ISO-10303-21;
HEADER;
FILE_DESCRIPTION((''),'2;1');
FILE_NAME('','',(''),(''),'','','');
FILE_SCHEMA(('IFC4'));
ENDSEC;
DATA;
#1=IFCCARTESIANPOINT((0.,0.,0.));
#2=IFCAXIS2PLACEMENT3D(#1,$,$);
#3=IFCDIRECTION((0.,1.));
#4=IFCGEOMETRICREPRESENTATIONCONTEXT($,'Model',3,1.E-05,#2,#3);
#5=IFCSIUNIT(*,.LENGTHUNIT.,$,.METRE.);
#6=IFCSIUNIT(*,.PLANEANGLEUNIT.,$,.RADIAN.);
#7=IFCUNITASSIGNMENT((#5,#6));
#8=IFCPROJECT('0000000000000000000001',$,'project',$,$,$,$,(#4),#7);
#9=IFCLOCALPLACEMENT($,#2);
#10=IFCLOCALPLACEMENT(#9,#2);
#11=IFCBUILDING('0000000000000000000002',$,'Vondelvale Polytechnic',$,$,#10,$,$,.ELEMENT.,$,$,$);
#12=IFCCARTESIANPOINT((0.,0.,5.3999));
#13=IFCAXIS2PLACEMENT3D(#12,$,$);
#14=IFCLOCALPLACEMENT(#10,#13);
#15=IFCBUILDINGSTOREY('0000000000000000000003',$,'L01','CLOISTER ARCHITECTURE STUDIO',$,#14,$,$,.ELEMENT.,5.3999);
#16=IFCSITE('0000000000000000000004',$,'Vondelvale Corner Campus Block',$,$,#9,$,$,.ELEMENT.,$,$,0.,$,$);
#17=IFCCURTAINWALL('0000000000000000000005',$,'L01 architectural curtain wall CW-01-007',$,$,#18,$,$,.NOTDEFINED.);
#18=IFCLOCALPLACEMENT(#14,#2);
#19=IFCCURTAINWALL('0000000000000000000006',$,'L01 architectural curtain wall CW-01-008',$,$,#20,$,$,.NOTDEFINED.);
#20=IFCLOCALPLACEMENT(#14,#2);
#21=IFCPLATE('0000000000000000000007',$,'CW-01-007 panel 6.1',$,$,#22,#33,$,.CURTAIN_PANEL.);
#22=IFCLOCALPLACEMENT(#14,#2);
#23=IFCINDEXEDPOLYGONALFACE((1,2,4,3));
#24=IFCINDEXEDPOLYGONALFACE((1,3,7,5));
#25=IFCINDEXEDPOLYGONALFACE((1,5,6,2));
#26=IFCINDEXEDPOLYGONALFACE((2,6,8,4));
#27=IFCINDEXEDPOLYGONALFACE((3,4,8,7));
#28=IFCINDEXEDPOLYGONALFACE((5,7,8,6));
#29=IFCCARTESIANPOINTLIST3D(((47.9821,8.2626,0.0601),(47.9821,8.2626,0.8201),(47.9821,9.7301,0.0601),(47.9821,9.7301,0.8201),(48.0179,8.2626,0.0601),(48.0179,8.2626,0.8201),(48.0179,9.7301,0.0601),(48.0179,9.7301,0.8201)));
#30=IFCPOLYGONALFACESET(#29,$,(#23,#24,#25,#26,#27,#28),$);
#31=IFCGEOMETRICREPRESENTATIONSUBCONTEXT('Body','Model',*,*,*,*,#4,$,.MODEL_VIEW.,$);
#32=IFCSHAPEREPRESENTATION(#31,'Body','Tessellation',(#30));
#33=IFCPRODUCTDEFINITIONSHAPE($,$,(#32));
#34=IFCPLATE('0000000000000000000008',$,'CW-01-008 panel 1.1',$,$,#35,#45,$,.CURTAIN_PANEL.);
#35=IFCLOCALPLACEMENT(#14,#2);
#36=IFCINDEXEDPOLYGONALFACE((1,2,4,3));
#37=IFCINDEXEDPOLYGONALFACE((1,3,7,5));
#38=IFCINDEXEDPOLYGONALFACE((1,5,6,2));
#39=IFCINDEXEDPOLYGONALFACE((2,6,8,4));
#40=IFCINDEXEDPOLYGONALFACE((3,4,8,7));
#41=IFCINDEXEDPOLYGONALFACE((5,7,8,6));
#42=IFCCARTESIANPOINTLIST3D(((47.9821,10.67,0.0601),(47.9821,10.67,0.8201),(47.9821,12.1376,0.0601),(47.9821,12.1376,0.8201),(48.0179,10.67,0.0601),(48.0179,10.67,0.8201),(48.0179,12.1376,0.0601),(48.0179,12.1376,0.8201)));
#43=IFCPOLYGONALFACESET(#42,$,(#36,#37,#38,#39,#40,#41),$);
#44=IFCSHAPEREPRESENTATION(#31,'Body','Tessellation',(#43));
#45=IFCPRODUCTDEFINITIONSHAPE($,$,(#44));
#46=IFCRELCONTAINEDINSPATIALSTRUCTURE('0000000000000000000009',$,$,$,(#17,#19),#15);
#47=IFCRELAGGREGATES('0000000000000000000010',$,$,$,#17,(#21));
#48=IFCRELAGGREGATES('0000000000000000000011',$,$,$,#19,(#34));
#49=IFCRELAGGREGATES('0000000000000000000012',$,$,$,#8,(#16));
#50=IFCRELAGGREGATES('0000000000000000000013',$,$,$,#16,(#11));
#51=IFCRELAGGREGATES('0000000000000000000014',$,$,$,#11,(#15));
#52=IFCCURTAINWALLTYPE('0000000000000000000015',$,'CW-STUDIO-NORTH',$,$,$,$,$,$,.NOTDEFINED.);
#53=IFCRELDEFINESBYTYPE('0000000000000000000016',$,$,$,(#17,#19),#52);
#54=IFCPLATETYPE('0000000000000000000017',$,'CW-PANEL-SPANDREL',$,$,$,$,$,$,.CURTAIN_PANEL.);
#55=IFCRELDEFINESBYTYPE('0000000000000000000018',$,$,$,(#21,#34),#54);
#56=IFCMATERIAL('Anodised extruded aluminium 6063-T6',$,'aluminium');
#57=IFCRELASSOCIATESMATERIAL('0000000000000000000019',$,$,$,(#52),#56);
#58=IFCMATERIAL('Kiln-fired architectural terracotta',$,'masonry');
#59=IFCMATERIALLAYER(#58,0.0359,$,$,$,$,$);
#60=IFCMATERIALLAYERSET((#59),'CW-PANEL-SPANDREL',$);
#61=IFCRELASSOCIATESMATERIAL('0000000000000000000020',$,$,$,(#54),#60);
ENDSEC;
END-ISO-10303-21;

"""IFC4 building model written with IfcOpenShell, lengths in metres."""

from ifc_helpers import new_model, si_unit, direction, frame, origin, origin_2d, place, context, subcontext, project, spatial, rectangle, extrude, material, layer, layer_set, type_object, element, aggregate, save


model = new_model("IFC4")

# Units and contexts
model_context = context("Model", 3, precision=1e-05, world=origin(), true_north=direction((0.0, 1.0)))
body_context = subcontext(model_context, "Body", "Model", "MODEL_VIEW")
ifc_project = project(units=[si_unit("LENGTHUNIT", "METRE"), si_unit("PLANEANGLEUNIT", "RADIAN")], contexts=[model_context])

# Site, building, storey
site_placement = place(None, origin())
site = spatial("IfcSite", under=ifc_project, at=site_placement, Name="Vondelvale Corner Campus Block", CompositionType="ELEMENT", RefElevation=0.0)
building_placement = place(site_placement, origin())
building = spatial("IfcBuilding", under=site, at=building_placement, Name="Vondelvale Polytechnic", CompositionType="ELEMENT")
storey_placement = place(building_placement, frame((0.0, 0.0, 5.3999)))
storey = spatial("IfcBuildingStorey", under=building, at=storey_placement, Name="L01", Description="CLOISTER ARCHITECTURE STUDIO", CompositionType="ELEMENT", Elevation=5.3999)

# Curtain wall
ifc_material_1 = material(Name="Anodised extruded aluminium 6063-T6", Category="aluminium")
curtain_wall_type = type_object("IfcCurtainWallType", Name="CW-STUDIO-NORTH", PredefinedType="NOTDEFINED", material=ifc_material_1)
curtain_wall_1_placement = place(storey_placement, origin())
curtain_wall_1 = element("IfcCurtainWall", 1, at=curtain_wall_1_placement, inside=storey, type_object=curtain_wall_type, Name="L01 architectural curtain wall CW-01-007", PredefinedType="NOTDEFINED")

# Curtain wall
curtain_wall_2_placement = place(storey_placement, origin())
curtain_wall_2 = element("IfcCurtainWall", 2, at=curtain_wall_2_placement, inside=storey, type_object=curtain_wall_type, Name="L01 architectural curtain wall CW-01-008", PredefinedType="NOTDEFINED")

# Plates
ifc_material_2 = material(Name="Kiln-fired architectural terracotta", Category="masonry")
ifc_layer_1 = layer(ifc_material_2, 0.0359)
ifc_layer_set_1 = layer_set([ifc_layer_1], Name="CW-PANEL-SPANDREL")
plate_type_1 = type_object("IfcPlateType", Name="CW-PANEL-SPANDREL", PredefinedType="CURTAIN_PANEL", material=ifc_layer_set_1)
plate_1_placement = place(storey_placement, frame((48.0, 8.9963, 0.0601), z_axis=(0.0, 0.0, 1.0), x_axis=(0.0, 1.0, 0.0)))
plate_1 = element("IfcPlate", 3, at=plate_1_placement, type_object=plate_type_1, Name="CW-01-007 panel 6.1", PredefinedType="CURTAIN_PANEL", context=body_context, shape_type="SweptSolid", body=[
    extrude(rectangle(XDim=1.4675, YDim=0.0359, at=origin_2d()), origin(), (0.0, 0.0, 1.0), 0.76),
])
aggregate(curtain_wall_1, [plate_1])
plate_2_placement = place(storey_placement, frame((48.0, 11.4038, 0.0601), z_axis=(0.0, 0.0, 1.0), x_axis=(0.0, 1.0, 0.0)))
plate_2 = element("IfcPlate", 4, at=plate_2_placement, type_object=plate_type_1, Name="CW-01-008 panel 1.1", PredefinedType="CURTAIN_PANEL", context=body_context, shape_type="SweptSolid", body=[
    extrude(rectangle(XDim=1.4675, YDim=0.0359, at=origin_2d()), origin(), (0.0, 0.0, 1.0), 0.76),
])
aggregate(curtain_wall_2, [plate_2])

save(model, "model.ifc")
